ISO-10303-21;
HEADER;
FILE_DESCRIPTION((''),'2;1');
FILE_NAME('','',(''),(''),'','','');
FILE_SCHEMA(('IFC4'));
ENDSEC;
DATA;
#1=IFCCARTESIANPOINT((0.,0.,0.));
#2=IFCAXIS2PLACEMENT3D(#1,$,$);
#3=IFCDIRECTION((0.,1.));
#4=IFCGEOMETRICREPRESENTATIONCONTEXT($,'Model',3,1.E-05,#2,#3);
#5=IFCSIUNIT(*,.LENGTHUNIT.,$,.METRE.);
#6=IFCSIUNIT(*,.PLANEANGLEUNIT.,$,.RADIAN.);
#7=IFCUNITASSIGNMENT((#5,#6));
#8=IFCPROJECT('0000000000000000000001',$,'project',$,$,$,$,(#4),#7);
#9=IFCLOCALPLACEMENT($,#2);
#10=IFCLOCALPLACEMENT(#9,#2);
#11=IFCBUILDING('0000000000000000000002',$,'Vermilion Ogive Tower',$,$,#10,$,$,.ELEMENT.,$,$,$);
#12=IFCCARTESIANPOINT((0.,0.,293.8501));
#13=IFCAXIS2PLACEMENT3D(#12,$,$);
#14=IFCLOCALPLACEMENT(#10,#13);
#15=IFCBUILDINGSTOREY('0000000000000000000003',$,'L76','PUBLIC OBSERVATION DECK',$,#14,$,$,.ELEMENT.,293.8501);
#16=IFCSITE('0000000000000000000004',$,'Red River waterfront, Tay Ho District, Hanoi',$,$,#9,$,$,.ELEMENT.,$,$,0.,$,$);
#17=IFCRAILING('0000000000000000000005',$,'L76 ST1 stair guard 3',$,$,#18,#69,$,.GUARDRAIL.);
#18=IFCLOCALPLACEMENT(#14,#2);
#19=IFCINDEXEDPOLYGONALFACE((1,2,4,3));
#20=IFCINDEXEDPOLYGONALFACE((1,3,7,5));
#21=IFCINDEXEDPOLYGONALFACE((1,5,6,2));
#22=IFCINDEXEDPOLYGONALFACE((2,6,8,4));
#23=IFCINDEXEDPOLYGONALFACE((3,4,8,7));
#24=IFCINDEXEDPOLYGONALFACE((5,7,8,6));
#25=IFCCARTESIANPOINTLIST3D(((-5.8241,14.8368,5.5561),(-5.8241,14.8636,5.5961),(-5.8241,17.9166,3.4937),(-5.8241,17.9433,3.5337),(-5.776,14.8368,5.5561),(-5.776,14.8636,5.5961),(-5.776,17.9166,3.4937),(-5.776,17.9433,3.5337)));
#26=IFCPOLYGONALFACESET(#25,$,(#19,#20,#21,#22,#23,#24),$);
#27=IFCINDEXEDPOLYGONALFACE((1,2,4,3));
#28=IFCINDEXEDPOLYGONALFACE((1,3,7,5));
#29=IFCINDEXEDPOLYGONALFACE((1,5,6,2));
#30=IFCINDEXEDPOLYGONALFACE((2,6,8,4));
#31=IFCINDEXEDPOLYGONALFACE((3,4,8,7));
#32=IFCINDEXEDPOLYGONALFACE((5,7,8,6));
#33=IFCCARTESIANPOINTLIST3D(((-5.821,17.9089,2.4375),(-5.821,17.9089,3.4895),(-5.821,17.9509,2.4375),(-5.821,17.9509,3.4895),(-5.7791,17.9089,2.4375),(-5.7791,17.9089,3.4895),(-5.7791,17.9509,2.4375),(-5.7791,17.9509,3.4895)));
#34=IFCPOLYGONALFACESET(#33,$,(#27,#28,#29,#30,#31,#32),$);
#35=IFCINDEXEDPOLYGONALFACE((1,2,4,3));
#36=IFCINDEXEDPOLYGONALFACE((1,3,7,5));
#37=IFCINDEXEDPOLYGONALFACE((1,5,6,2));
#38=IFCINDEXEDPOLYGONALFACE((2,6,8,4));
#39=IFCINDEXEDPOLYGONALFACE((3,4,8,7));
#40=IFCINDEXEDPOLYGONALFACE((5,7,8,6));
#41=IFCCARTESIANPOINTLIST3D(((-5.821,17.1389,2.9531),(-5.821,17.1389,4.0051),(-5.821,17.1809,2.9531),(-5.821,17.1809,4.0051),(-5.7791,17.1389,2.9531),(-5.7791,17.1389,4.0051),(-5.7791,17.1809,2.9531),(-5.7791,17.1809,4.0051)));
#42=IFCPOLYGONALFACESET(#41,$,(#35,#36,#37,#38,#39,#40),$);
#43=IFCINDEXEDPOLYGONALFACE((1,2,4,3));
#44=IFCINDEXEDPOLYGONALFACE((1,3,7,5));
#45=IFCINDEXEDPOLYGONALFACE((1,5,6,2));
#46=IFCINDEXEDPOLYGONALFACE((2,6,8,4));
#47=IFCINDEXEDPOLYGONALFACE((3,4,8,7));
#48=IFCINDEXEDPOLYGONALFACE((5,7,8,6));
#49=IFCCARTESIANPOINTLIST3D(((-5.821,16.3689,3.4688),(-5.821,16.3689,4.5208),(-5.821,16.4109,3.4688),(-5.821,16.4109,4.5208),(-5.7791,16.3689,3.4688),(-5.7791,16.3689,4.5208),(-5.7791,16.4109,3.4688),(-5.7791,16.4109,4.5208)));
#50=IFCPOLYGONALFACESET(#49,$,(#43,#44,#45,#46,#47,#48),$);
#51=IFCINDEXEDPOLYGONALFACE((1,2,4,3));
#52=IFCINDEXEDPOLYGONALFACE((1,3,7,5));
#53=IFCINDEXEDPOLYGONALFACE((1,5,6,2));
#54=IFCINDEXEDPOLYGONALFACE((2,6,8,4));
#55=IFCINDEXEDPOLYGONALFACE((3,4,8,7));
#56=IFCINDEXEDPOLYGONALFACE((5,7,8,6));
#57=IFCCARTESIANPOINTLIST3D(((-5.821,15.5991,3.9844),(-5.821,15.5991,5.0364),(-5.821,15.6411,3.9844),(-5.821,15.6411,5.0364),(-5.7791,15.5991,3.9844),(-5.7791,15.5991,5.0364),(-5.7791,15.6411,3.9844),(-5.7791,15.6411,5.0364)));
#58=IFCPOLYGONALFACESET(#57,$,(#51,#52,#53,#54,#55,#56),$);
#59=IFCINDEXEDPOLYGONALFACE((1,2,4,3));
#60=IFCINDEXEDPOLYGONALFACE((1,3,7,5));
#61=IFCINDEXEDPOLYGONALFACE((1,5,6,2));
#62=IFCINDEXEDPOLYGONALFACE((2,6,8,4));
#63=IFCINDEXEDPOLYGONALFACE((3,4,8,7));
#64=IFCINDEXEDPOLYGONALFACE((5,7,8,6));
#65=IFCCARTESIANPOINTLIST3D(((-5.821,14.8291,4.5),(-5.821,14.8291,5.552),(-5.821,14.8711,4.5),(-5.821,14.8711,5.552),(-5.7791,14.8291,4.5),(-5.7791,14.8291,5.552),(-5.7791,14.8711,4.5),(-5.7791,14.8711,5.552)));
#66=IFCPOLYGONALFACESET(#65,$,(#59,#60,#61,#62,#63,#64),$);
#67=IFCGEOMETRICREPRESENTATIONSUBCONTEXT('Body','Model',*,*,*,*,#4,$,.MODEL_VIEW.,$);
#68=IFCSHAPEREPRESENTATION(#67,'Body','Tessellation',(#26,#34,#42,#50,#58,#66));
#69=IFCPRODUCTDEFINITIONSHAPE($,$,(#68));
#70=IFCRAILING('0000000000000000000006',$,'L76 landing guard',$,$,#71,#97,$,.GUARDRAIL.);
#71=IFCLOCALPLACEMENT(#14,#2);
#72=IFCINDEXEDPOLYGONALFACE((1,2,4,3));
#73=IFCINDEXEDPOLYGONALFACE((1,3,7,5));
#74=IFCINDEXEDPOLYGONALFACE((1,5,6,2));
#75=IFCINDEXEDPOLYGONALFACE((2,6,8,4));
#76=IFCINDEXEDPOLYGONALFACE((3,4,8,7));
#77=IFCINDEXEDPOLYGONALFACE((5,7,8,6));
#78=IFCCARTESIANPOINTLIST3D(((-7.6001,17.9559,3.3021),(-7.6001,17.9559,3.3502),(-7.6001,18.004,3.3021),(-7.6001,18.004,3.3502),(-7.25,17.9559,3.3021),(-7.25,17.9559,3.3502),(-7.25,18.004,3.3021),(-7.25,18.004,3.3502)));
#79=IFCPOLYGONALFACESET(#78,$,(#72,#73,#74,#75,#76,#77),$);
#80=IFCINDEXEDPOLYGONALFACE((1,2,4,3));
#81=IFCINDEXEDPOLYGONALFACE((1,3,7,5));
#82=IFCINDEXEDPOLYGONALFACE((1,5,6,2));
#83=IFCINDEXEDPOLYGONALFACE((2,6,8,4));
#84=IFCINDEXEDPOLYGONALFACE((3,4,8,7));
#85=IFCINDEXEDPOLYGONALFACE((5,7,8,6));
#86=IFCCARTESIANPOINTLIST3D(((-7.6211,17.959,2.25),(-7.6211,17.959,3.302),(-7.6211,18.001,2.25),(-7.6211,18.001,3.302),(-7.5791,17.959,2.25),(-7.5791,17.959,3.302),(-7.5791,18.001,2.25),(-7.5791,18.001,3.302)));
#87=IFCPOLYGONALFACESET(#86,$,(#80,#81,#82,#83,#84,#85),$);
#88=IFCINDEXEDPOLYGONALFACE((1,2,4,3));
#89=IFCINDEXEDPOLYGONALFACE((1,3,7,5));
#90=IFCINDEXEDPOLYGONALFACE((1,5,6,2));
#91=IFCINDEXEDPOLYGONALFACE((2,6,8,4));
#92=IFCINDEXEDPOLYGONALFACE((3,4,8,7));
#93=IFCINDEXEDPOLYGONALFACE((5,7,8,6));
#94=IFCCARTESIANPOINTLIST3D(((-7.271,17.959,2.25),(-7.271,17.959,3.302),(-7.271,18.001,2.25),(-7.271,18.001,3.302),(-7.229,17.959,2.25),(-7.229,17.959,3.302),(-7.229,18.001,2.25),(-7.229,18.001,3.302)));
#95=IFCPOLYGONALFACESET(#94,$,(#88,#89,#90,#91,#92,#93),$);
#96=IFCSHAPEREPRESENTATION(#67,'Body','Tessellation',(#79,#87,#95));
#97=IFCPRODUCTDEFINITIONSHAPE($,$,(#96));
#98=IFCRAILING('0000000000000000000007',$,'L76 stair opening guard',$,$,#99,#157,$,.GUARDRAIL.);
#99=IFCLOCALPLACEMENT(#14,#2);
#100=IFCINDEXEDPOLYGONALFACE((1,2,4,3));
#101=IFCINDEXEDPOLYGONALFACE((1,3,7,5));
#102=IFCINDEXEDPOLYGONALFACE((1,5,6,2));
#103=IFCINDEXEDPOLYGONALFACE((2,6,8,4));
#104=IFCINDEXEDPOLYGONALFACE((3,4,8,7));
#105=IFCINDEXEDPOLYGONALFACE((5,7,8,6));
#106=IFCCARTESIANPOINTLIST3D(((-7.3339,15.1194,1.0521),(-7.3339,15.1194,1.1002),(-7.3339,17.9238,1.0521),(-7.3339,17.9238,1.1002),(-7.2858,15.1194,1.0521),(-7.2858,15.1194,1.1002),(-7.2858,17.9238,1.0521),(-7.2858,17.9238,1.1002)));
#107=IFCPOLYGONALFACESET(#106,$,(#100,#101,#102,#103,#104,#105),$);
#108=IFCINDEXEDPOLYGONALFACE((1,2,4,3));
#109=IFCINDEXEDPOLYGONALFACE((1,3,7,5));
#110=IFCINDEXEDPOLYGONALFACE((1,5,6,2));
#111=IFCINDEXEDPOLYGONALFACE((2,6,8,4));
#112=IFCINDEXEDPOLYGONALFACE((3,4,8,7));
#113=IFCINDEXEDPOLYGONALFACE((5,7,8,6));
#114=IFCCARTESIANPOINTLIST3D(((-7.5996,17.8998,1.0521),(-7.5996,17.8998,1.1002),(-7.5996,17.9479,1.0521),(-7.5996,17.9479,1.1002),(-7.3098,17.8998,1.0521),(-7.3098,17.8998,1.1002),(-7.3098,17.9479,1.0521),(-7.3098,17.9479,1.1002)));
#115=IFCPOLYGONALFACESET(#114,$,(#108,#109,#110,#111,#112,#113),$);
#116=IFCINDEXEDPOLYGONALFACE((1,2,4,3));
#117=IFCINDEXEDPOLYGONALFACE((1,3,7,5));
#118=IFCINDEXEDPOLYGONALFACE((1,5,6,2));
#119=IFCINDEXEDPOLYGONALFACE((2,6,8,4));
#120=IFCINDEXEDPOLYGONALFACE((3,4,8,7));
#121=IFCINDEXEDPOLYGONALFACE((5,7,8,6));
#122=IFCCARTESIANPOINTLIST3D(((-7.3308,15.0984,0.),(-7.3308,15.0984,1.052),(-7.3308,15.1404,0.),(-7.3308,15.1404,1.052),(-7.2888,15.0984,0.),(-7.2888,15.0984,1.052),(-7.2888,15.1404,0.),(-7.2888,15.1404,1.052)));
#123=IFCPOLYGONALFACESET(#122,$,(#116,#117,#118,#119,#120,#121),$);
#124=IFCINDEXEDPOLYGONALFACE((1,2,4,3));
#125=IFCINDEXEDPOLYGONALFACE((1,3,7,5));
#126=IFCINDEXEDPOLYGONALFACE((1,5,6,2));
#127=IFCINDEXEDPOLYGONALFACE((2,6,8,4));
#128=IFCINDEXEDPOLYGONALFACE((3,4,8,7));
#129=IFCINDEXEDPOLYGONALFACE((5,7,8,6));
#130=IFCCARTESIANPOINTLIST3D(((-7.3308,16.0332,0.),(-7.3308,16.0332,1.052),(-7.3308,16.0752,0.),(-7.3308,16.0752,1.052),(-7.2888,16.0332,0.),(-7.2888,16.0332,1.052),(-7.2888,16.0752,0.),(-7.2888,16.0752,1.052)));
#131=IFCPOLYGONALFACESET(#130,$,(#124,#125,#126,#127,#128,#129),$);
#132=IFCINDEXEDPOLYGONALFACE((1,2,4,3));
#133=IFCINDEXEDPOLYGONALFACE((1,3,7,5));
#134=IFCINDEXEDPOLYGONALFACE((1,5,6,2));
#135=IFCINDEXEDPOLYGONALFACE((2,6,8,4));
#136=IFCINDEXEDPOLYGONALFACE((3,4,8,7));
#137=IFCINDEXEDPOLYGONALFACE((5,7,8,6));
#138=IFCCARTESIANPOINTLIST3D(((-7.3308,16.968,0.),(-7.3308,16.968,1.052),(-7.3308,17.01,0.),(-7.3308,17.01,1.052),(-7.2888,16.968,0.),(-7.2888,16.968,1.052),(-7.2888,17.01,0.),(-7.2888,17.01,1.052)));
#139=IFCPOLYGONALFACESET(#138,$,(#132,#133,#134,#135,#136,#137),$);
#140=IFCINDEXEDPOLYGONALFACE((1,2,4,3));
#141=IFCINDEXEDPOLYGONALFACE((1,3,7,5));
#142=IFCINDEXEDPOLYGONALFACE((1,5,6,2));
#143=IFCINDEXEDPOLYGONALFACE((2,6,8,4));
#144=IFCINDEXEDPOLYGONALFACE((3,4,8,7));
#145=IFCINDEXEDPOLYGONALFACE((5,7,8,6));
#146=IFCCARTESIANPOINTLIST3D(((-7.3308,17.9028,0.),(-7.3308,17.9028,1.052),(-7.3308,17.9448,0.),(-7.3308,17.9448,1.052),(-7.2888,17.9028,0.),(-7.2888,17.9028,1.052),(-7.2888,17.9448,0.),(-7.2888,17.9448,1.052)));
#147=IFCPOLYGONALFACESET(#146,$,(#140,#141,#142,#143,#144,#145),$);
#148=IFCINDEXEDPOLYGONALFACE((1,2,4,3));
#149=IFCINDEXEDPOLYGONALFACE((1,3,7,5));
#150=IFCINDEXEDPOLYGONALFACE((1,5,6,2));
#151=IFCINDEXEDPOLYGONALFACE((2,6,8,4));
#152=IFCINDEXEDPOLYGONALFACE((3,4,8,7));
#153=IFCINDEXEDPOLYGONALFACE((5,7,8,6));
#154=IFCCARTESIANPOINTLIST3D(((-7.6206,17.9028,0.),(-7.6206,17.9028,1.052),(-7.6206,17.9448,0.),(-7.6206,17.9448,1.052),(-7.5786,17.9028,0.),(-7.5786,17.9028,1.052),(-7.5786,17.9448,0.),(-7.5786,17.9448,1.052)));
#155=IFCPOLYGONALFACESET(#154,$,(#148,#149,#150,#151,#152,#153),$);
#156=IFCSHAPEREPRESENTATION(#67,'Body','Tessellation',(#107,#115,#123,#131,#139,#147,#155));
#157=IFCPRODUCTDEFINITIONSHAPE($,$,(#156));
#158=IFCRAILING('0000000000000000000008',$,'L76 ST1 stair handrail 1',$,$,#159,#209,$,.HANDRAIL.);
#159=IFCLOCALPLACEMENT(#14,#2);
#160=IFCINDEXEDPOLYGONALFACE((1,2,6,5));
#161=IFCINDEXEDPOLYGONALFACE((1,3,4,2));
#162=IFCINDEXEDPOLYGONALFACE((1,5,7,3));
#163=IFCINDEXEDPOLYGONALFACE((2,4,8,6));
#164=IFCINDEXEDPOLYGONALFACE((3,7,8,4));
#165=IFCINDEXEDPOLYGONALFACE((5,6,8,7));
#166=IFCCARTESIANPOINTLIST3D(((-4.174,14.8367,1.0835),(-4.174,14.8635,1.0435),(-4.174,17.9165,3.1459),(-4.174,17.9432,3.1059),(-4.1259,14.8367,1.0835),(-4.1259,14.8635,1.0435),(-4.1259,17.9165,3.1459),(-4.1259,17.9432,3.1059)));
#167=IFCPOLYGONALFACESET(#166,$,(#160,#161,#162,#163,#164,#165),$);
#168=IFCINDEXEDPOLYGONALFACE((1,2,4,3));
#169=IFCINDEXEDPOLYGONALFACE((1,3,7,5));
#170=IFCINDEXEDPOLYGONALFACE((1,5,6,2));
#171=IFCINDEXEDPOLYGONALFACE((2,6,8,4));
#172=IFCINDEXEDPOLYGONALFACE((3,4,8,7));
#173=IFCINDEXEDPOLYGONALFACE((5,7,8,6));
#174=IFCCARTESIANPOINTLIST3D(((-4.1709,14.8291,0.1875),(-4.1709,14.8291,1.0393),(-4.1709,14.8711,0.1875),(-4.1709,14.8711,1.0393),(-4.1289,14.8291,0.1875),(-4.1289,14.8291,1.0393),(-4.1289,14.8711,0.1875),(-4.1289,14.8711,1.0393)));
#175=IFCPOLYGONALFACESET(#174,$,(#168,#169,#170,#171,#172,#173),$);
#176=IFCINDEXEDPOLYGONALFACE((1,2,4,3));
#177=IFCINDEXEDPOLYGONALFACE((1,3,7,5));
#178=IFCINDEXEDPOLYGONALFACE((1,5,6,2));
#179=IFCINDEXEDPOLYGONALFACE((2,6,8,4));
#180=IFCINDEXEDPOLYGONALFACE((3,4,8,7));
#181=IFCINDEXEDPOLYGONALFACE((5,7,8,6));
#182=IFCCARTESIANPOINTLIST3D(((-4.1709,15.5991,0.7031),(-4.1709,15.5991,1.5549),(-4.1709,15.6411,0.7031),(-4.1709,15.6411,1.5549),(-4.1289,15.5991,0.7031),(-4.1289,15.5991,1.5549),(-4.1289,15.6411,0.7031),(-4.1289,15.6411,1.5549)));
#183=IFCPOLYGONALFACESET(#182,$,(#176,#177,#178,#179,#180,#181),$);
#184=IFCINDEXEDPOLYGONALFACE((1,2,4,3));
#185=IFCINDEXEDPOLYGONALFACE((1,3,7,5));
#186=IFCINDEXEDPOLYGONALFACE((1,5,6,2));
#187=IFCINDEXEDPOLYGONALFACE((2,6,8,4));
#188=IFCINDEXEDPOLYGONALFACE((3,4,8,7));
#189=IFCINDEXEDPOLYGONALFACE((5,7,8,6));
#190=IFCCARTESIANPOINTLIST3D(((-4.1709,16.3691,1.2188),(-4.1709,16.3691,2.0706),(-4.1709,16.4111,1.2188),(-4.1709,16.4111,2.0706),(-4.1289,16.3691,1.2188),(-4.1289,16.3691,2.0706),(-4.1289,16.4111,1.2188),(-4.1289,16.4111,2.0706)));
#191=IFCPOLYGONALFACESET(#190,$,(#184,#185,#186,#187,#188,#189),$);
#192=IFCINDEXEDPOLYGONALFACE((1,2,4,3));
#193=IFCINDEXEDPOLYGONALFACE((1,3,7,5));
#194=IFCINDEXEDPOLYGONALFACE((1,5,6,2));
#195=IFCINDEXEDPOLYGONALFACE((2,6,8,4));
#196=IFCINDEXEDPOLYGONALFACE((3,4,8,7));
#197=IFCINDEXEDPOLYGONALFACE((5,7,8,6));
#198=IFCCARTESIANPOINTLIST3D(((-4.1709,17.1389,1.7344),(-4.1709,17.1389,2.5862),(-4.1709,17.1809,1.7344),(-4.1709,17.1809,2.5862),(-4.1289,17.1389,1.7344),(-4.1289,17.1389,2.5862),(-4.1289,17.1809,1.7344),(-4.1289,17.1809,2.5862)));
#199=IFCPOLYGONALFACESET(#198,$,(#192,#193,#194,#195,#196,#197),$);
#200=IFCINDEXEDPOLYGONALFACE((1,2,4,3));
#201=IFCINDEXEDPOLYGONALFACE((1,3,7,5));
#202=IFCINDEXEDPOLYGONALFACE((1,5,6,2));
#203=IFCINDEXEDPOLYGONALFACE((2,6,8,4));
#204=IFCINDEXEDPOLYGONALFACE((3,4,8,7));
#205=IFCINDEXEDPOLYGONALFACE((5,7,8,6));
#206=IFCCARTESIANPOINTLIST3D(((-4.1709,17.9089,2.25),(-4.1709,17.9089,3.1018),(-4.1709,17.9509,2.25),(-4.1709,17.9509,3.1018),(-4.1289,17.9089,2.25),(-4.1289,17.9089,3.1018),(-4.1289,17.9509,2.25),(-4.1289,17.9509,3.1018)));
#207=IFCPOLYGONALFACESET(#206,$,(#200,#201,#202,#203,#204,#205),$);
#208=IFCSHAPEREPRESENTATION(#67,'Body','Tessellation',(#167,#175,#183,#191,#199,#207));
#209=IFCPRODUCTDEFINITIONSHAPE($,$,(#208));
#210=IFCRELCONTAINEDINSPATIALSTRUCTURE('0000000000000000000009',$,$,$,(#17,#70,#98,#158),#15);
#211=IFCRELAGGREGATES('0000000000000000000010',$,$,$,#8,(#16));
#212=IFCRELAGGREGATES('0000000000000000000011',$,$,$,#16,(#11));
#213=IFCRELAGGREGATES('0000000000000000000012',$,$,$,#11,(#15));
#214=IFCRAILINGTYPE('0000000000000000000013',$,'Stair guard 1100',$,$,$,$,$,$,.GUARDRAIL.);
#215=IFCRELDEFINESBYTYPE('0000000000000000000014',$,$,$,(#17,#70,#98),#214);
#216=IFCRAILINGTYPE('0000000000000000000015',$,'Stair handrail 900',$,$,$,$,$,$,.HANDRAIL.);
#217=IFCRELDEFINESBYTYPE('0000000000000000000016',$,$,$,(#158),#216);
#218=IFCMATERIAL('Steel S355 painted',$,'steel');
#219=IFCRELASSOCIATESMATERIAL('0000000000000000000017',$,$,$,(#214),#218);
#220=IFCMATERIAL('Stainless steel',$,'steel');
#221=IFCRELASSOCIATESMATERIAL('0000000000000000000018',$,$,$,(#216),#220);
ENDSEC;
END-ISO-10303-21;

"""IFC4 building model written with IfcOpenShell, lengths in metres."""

from ifc_helpers import new_model, si_unit, direction, frame, origin, origin_2d, place, context, subcontext, project, spatial, rectangle, extrude, material, type_object, element, save


model = new_model("IFC4")

# Units and contexts
model_context = context("Model", 3, precision=1e-05, world=origin(), true_north=direction((0.0, 1.0)))
body_context = subcontext(model_context, "Body", "Model", "MODEL_VIEW")
ifc_project = project(units=[si_unit("LENGTHUNIT", "METRE"), si_unit("PLANEANGLEUNIT", "RADIAN")], contexts=[model_context])

# Site, building, storey
site_placement = place(None, origin())
site = spatial("IfcSite", under=ifc_project, at=site_placement, Name="Red River waterfront, Tay Ho District, Hanoi", CompositionType="ELEMENT", RefElevation=0.0)
building_placement = place(site_placement, origin())
building = spatial("IfcBuilding", under=site, at=building_placement, Name="Vermilion Ogive Tower", CompositionType="ELEMENT")
storey_placement = place(building_placement, frame((0.0, 0.0, 293.8501)))
storey = spatial("IfcBuildingStorey", under=building, at=storey_placement, Name="L76", Description="PUBLIC OBSERVATION DECK", CompositionType="ELEMENT", Elevation=293.8501)

# Railings
ifc_material_1 = material(Name="Steel S355 painted", Category="steel")
railing_type_1 = type_object("IfcRailingType", Name="Stair guard 1100", PredefinedType="GUARDRAIL", material=ifc_material_1)
railing_1_placement = place(storey_placement, frame((-5.8, 17.9299, 2.4375)))
element("IfcRailing", 1, at=railing_1_placement, inside=storey, type_object=railing_type_1, Name="L76 ST1 stair guard 3", PredefinedType="GUARDRAIL", context=body_context, shape_type="SweptSolid", body=[
    extrude(rectangle(XDim=0.0481, YDim=0.0481, at=origin_2d()), frame((0.0, 0.0, 1.0762), z_axis=(0.0, -0.830893, 0.556432), x_axis=(1.0, 0.0, 0.0)), (0.0, 0.0, 1.0), 3.7065),
    extrude(rectangle(XDim=0.042, YDim=0.042, at=origin_2d()), origin(), (0.0, 0.0, 1.0), 1.052),
    extrude(rectangle(XDim=0.042, YDim=0.042, at=origin_2d()), frame((0.0, -0.77, 0.5156)), (0.0, 0.0, 1.0), 1.052),
    extrude(rectangle(XDim=0.042, YDim=0.042, at=origin_2d()), frame((0.0, -1.54, 1.0312)), (0.0, 0.0, 1.0), 1.052),
    extrude(rectangle(XDim=0.042, YDim=0.042, at=origin_2d()), frame((0.0, -2.3098, 1.5469)), (0.0, 0.0, 1.0), 1.052),
    extrude(rectangle(XDim=0.042, YDim=0.042, at=origin_2d()), frame((0.0, -3.0798, 2.0625)), (0.0, 0.0, 1.0), 1.052),
])
railing_2_placement = place(storey_placement, frame((-7.6001, 17.98, 2.25)))
element("IfcRailing", 2, at=railing_2_placement, inside=storey, type_object=railing_type_1, Name="L76 landing guard", PredefinedType="GUARDRAIL", context=body_context, shape_type="SweptSolid", body=[
    extrude(rectangle(XDim=0.0481, YDim=0.0481, at=origin_2d()), frame((0.0, 0.0, 1.0762), z_axis=(1.0, 0.0, 0.0), x_axis=(0.0, 1.0, 0.0)), (0.0, 0.0, 1.0), 0.3501),
    extrude(rectangle(XDim=0.042, YDim=0.042, at=origin_2d()), origin(), (0.0, 0.0, 1.0), 1.052),
    extrude(rectangle(XDim=0.042, YDim=0.042, at=origin_2d()), frame((0.3501, 0.0, 0.0)), (0.0, 0.0, 1.0), 1.052),
])
railing_3_placement = place(storey_placement, frame((-7.3098, 15.1194, 0.0)))
element("IfcRailing", 3, at=railing_3_placement, inside=storey, type_object=railing_type_1, Name="L76 stair opening guard", PredefinedType="GUARDRAIL", context=body_context, shape_type="SweptSolid", body=[
    extrude(rectangle(XDim=0.0481, YDim=0.0481, at=origin_2d()), frame((0.0, 0.0, 1.0762), z_axis=(0.0, 1.0, 0.0), x_axis=(-1.0, 0.0, 0.0)), (0.0, 0.0, 1.0), 2.8044),
    extrude(rectangle(XDim=0.0481, YDim=0.0481, at=origin_2d()), frame((0.0, 2.8044, 1.0762), z_axis=(-1.0, 0.0, 0.0), x_axis=(0.0, -1.0, 0.0)), (0.0, 0.0, 1.0), 0.2898),
    extrude(rectangle(XDim=0.042, YDim=0.042, at=origin_2d()), origin(), (0.0, 0.0, 1.0), 1.052),
    extrude(rectangle(XDim=0.042, YDim=0.042, at=origin_2d()), frame((0.0, 0.9348, 0.0)), (0.0, 0.0, 1.0), 1.052),
    extrude(rectangle(XDim=0.042, YDim=0.042, at=origin_2d()), frame((0.0, 1.8696, 0.0)), (0.0, 0.0, 1.0), 1.052),
    extrude(rectangle(XDim=0.042, YDim=0.042, at=origin_2d()), frame((0.0, 2.8044, 0.0)), (0.0, 0.0, 1.0), 1.052),
    extrude(rectangle(XDim=0.042, YDim=0.042, at=origin_2d()), frame((-0.2898, 2.8044, 0.0)), (0.0, 0.0, 1.0), 1.052),
])
ifc_material_2 = material(Name="Stainless steel", Category="steel")
railing_type_2 = type_object("IfcRailingType", Name="Stair handrail 900", PredefinedType="HANDRAIL", material=ifc_material_2)
railing_4_placement = place(storey_placement, frame((-4.1499, 14.8501, 0.1875)))
element("IfcRailing", 4, at=railing_4_placement, inside=storey, type_object=railing_type_2, Name="L76 ST1 stair handrail 1", PredefinedType="HANDRAIL", context=body_context, shape_type="SweptSolid", body=[
    extrude(rectangle(XDim=0.0481, YDim=0.0481, at=origin_2d()), frame((0.0, 0.0, 0.876), z_axis=(0.0, 0.830893, 0.556432), x_axis=(-1.0, 0.0, 0.0)), (0.0, 0.0, 1.0), 3.7065),
    extrude(rectangle(XDim=0.042, YDim=0.042, at=origin_2d()), origin(), (0.0, 0.0, 1.0), 0.8518),
    extrude(rectangle(XDim=0.042, YDim=0.042, at=origin_2d()), frame((0.0, 0.77, 0.5156)), (0.0, 0.0, 1.0), 0.8518),
    extrude(rectangle(XDim=0.042, YDim=0.042, at=origin_2d()), frame((0.0, 1.54, 1.0312)), (0.0, 0.0, 1.0), 0.8518),
    extrude(rectangle(XDim=0.042, YDim=0.042, at=origin_2d()), frame((0.0, 2.3098, 1.5469)), (0.0, 0.0, 1.0), 0.8518),
    extrude(rectangle(XDim=0.042, YDim=0.042, at=origin_2d()), frame((0.0, 3.0798, 2.0625)), (0.0, 0.0, 1.0), 0.8518),
])

save(model, "model.ifc")
